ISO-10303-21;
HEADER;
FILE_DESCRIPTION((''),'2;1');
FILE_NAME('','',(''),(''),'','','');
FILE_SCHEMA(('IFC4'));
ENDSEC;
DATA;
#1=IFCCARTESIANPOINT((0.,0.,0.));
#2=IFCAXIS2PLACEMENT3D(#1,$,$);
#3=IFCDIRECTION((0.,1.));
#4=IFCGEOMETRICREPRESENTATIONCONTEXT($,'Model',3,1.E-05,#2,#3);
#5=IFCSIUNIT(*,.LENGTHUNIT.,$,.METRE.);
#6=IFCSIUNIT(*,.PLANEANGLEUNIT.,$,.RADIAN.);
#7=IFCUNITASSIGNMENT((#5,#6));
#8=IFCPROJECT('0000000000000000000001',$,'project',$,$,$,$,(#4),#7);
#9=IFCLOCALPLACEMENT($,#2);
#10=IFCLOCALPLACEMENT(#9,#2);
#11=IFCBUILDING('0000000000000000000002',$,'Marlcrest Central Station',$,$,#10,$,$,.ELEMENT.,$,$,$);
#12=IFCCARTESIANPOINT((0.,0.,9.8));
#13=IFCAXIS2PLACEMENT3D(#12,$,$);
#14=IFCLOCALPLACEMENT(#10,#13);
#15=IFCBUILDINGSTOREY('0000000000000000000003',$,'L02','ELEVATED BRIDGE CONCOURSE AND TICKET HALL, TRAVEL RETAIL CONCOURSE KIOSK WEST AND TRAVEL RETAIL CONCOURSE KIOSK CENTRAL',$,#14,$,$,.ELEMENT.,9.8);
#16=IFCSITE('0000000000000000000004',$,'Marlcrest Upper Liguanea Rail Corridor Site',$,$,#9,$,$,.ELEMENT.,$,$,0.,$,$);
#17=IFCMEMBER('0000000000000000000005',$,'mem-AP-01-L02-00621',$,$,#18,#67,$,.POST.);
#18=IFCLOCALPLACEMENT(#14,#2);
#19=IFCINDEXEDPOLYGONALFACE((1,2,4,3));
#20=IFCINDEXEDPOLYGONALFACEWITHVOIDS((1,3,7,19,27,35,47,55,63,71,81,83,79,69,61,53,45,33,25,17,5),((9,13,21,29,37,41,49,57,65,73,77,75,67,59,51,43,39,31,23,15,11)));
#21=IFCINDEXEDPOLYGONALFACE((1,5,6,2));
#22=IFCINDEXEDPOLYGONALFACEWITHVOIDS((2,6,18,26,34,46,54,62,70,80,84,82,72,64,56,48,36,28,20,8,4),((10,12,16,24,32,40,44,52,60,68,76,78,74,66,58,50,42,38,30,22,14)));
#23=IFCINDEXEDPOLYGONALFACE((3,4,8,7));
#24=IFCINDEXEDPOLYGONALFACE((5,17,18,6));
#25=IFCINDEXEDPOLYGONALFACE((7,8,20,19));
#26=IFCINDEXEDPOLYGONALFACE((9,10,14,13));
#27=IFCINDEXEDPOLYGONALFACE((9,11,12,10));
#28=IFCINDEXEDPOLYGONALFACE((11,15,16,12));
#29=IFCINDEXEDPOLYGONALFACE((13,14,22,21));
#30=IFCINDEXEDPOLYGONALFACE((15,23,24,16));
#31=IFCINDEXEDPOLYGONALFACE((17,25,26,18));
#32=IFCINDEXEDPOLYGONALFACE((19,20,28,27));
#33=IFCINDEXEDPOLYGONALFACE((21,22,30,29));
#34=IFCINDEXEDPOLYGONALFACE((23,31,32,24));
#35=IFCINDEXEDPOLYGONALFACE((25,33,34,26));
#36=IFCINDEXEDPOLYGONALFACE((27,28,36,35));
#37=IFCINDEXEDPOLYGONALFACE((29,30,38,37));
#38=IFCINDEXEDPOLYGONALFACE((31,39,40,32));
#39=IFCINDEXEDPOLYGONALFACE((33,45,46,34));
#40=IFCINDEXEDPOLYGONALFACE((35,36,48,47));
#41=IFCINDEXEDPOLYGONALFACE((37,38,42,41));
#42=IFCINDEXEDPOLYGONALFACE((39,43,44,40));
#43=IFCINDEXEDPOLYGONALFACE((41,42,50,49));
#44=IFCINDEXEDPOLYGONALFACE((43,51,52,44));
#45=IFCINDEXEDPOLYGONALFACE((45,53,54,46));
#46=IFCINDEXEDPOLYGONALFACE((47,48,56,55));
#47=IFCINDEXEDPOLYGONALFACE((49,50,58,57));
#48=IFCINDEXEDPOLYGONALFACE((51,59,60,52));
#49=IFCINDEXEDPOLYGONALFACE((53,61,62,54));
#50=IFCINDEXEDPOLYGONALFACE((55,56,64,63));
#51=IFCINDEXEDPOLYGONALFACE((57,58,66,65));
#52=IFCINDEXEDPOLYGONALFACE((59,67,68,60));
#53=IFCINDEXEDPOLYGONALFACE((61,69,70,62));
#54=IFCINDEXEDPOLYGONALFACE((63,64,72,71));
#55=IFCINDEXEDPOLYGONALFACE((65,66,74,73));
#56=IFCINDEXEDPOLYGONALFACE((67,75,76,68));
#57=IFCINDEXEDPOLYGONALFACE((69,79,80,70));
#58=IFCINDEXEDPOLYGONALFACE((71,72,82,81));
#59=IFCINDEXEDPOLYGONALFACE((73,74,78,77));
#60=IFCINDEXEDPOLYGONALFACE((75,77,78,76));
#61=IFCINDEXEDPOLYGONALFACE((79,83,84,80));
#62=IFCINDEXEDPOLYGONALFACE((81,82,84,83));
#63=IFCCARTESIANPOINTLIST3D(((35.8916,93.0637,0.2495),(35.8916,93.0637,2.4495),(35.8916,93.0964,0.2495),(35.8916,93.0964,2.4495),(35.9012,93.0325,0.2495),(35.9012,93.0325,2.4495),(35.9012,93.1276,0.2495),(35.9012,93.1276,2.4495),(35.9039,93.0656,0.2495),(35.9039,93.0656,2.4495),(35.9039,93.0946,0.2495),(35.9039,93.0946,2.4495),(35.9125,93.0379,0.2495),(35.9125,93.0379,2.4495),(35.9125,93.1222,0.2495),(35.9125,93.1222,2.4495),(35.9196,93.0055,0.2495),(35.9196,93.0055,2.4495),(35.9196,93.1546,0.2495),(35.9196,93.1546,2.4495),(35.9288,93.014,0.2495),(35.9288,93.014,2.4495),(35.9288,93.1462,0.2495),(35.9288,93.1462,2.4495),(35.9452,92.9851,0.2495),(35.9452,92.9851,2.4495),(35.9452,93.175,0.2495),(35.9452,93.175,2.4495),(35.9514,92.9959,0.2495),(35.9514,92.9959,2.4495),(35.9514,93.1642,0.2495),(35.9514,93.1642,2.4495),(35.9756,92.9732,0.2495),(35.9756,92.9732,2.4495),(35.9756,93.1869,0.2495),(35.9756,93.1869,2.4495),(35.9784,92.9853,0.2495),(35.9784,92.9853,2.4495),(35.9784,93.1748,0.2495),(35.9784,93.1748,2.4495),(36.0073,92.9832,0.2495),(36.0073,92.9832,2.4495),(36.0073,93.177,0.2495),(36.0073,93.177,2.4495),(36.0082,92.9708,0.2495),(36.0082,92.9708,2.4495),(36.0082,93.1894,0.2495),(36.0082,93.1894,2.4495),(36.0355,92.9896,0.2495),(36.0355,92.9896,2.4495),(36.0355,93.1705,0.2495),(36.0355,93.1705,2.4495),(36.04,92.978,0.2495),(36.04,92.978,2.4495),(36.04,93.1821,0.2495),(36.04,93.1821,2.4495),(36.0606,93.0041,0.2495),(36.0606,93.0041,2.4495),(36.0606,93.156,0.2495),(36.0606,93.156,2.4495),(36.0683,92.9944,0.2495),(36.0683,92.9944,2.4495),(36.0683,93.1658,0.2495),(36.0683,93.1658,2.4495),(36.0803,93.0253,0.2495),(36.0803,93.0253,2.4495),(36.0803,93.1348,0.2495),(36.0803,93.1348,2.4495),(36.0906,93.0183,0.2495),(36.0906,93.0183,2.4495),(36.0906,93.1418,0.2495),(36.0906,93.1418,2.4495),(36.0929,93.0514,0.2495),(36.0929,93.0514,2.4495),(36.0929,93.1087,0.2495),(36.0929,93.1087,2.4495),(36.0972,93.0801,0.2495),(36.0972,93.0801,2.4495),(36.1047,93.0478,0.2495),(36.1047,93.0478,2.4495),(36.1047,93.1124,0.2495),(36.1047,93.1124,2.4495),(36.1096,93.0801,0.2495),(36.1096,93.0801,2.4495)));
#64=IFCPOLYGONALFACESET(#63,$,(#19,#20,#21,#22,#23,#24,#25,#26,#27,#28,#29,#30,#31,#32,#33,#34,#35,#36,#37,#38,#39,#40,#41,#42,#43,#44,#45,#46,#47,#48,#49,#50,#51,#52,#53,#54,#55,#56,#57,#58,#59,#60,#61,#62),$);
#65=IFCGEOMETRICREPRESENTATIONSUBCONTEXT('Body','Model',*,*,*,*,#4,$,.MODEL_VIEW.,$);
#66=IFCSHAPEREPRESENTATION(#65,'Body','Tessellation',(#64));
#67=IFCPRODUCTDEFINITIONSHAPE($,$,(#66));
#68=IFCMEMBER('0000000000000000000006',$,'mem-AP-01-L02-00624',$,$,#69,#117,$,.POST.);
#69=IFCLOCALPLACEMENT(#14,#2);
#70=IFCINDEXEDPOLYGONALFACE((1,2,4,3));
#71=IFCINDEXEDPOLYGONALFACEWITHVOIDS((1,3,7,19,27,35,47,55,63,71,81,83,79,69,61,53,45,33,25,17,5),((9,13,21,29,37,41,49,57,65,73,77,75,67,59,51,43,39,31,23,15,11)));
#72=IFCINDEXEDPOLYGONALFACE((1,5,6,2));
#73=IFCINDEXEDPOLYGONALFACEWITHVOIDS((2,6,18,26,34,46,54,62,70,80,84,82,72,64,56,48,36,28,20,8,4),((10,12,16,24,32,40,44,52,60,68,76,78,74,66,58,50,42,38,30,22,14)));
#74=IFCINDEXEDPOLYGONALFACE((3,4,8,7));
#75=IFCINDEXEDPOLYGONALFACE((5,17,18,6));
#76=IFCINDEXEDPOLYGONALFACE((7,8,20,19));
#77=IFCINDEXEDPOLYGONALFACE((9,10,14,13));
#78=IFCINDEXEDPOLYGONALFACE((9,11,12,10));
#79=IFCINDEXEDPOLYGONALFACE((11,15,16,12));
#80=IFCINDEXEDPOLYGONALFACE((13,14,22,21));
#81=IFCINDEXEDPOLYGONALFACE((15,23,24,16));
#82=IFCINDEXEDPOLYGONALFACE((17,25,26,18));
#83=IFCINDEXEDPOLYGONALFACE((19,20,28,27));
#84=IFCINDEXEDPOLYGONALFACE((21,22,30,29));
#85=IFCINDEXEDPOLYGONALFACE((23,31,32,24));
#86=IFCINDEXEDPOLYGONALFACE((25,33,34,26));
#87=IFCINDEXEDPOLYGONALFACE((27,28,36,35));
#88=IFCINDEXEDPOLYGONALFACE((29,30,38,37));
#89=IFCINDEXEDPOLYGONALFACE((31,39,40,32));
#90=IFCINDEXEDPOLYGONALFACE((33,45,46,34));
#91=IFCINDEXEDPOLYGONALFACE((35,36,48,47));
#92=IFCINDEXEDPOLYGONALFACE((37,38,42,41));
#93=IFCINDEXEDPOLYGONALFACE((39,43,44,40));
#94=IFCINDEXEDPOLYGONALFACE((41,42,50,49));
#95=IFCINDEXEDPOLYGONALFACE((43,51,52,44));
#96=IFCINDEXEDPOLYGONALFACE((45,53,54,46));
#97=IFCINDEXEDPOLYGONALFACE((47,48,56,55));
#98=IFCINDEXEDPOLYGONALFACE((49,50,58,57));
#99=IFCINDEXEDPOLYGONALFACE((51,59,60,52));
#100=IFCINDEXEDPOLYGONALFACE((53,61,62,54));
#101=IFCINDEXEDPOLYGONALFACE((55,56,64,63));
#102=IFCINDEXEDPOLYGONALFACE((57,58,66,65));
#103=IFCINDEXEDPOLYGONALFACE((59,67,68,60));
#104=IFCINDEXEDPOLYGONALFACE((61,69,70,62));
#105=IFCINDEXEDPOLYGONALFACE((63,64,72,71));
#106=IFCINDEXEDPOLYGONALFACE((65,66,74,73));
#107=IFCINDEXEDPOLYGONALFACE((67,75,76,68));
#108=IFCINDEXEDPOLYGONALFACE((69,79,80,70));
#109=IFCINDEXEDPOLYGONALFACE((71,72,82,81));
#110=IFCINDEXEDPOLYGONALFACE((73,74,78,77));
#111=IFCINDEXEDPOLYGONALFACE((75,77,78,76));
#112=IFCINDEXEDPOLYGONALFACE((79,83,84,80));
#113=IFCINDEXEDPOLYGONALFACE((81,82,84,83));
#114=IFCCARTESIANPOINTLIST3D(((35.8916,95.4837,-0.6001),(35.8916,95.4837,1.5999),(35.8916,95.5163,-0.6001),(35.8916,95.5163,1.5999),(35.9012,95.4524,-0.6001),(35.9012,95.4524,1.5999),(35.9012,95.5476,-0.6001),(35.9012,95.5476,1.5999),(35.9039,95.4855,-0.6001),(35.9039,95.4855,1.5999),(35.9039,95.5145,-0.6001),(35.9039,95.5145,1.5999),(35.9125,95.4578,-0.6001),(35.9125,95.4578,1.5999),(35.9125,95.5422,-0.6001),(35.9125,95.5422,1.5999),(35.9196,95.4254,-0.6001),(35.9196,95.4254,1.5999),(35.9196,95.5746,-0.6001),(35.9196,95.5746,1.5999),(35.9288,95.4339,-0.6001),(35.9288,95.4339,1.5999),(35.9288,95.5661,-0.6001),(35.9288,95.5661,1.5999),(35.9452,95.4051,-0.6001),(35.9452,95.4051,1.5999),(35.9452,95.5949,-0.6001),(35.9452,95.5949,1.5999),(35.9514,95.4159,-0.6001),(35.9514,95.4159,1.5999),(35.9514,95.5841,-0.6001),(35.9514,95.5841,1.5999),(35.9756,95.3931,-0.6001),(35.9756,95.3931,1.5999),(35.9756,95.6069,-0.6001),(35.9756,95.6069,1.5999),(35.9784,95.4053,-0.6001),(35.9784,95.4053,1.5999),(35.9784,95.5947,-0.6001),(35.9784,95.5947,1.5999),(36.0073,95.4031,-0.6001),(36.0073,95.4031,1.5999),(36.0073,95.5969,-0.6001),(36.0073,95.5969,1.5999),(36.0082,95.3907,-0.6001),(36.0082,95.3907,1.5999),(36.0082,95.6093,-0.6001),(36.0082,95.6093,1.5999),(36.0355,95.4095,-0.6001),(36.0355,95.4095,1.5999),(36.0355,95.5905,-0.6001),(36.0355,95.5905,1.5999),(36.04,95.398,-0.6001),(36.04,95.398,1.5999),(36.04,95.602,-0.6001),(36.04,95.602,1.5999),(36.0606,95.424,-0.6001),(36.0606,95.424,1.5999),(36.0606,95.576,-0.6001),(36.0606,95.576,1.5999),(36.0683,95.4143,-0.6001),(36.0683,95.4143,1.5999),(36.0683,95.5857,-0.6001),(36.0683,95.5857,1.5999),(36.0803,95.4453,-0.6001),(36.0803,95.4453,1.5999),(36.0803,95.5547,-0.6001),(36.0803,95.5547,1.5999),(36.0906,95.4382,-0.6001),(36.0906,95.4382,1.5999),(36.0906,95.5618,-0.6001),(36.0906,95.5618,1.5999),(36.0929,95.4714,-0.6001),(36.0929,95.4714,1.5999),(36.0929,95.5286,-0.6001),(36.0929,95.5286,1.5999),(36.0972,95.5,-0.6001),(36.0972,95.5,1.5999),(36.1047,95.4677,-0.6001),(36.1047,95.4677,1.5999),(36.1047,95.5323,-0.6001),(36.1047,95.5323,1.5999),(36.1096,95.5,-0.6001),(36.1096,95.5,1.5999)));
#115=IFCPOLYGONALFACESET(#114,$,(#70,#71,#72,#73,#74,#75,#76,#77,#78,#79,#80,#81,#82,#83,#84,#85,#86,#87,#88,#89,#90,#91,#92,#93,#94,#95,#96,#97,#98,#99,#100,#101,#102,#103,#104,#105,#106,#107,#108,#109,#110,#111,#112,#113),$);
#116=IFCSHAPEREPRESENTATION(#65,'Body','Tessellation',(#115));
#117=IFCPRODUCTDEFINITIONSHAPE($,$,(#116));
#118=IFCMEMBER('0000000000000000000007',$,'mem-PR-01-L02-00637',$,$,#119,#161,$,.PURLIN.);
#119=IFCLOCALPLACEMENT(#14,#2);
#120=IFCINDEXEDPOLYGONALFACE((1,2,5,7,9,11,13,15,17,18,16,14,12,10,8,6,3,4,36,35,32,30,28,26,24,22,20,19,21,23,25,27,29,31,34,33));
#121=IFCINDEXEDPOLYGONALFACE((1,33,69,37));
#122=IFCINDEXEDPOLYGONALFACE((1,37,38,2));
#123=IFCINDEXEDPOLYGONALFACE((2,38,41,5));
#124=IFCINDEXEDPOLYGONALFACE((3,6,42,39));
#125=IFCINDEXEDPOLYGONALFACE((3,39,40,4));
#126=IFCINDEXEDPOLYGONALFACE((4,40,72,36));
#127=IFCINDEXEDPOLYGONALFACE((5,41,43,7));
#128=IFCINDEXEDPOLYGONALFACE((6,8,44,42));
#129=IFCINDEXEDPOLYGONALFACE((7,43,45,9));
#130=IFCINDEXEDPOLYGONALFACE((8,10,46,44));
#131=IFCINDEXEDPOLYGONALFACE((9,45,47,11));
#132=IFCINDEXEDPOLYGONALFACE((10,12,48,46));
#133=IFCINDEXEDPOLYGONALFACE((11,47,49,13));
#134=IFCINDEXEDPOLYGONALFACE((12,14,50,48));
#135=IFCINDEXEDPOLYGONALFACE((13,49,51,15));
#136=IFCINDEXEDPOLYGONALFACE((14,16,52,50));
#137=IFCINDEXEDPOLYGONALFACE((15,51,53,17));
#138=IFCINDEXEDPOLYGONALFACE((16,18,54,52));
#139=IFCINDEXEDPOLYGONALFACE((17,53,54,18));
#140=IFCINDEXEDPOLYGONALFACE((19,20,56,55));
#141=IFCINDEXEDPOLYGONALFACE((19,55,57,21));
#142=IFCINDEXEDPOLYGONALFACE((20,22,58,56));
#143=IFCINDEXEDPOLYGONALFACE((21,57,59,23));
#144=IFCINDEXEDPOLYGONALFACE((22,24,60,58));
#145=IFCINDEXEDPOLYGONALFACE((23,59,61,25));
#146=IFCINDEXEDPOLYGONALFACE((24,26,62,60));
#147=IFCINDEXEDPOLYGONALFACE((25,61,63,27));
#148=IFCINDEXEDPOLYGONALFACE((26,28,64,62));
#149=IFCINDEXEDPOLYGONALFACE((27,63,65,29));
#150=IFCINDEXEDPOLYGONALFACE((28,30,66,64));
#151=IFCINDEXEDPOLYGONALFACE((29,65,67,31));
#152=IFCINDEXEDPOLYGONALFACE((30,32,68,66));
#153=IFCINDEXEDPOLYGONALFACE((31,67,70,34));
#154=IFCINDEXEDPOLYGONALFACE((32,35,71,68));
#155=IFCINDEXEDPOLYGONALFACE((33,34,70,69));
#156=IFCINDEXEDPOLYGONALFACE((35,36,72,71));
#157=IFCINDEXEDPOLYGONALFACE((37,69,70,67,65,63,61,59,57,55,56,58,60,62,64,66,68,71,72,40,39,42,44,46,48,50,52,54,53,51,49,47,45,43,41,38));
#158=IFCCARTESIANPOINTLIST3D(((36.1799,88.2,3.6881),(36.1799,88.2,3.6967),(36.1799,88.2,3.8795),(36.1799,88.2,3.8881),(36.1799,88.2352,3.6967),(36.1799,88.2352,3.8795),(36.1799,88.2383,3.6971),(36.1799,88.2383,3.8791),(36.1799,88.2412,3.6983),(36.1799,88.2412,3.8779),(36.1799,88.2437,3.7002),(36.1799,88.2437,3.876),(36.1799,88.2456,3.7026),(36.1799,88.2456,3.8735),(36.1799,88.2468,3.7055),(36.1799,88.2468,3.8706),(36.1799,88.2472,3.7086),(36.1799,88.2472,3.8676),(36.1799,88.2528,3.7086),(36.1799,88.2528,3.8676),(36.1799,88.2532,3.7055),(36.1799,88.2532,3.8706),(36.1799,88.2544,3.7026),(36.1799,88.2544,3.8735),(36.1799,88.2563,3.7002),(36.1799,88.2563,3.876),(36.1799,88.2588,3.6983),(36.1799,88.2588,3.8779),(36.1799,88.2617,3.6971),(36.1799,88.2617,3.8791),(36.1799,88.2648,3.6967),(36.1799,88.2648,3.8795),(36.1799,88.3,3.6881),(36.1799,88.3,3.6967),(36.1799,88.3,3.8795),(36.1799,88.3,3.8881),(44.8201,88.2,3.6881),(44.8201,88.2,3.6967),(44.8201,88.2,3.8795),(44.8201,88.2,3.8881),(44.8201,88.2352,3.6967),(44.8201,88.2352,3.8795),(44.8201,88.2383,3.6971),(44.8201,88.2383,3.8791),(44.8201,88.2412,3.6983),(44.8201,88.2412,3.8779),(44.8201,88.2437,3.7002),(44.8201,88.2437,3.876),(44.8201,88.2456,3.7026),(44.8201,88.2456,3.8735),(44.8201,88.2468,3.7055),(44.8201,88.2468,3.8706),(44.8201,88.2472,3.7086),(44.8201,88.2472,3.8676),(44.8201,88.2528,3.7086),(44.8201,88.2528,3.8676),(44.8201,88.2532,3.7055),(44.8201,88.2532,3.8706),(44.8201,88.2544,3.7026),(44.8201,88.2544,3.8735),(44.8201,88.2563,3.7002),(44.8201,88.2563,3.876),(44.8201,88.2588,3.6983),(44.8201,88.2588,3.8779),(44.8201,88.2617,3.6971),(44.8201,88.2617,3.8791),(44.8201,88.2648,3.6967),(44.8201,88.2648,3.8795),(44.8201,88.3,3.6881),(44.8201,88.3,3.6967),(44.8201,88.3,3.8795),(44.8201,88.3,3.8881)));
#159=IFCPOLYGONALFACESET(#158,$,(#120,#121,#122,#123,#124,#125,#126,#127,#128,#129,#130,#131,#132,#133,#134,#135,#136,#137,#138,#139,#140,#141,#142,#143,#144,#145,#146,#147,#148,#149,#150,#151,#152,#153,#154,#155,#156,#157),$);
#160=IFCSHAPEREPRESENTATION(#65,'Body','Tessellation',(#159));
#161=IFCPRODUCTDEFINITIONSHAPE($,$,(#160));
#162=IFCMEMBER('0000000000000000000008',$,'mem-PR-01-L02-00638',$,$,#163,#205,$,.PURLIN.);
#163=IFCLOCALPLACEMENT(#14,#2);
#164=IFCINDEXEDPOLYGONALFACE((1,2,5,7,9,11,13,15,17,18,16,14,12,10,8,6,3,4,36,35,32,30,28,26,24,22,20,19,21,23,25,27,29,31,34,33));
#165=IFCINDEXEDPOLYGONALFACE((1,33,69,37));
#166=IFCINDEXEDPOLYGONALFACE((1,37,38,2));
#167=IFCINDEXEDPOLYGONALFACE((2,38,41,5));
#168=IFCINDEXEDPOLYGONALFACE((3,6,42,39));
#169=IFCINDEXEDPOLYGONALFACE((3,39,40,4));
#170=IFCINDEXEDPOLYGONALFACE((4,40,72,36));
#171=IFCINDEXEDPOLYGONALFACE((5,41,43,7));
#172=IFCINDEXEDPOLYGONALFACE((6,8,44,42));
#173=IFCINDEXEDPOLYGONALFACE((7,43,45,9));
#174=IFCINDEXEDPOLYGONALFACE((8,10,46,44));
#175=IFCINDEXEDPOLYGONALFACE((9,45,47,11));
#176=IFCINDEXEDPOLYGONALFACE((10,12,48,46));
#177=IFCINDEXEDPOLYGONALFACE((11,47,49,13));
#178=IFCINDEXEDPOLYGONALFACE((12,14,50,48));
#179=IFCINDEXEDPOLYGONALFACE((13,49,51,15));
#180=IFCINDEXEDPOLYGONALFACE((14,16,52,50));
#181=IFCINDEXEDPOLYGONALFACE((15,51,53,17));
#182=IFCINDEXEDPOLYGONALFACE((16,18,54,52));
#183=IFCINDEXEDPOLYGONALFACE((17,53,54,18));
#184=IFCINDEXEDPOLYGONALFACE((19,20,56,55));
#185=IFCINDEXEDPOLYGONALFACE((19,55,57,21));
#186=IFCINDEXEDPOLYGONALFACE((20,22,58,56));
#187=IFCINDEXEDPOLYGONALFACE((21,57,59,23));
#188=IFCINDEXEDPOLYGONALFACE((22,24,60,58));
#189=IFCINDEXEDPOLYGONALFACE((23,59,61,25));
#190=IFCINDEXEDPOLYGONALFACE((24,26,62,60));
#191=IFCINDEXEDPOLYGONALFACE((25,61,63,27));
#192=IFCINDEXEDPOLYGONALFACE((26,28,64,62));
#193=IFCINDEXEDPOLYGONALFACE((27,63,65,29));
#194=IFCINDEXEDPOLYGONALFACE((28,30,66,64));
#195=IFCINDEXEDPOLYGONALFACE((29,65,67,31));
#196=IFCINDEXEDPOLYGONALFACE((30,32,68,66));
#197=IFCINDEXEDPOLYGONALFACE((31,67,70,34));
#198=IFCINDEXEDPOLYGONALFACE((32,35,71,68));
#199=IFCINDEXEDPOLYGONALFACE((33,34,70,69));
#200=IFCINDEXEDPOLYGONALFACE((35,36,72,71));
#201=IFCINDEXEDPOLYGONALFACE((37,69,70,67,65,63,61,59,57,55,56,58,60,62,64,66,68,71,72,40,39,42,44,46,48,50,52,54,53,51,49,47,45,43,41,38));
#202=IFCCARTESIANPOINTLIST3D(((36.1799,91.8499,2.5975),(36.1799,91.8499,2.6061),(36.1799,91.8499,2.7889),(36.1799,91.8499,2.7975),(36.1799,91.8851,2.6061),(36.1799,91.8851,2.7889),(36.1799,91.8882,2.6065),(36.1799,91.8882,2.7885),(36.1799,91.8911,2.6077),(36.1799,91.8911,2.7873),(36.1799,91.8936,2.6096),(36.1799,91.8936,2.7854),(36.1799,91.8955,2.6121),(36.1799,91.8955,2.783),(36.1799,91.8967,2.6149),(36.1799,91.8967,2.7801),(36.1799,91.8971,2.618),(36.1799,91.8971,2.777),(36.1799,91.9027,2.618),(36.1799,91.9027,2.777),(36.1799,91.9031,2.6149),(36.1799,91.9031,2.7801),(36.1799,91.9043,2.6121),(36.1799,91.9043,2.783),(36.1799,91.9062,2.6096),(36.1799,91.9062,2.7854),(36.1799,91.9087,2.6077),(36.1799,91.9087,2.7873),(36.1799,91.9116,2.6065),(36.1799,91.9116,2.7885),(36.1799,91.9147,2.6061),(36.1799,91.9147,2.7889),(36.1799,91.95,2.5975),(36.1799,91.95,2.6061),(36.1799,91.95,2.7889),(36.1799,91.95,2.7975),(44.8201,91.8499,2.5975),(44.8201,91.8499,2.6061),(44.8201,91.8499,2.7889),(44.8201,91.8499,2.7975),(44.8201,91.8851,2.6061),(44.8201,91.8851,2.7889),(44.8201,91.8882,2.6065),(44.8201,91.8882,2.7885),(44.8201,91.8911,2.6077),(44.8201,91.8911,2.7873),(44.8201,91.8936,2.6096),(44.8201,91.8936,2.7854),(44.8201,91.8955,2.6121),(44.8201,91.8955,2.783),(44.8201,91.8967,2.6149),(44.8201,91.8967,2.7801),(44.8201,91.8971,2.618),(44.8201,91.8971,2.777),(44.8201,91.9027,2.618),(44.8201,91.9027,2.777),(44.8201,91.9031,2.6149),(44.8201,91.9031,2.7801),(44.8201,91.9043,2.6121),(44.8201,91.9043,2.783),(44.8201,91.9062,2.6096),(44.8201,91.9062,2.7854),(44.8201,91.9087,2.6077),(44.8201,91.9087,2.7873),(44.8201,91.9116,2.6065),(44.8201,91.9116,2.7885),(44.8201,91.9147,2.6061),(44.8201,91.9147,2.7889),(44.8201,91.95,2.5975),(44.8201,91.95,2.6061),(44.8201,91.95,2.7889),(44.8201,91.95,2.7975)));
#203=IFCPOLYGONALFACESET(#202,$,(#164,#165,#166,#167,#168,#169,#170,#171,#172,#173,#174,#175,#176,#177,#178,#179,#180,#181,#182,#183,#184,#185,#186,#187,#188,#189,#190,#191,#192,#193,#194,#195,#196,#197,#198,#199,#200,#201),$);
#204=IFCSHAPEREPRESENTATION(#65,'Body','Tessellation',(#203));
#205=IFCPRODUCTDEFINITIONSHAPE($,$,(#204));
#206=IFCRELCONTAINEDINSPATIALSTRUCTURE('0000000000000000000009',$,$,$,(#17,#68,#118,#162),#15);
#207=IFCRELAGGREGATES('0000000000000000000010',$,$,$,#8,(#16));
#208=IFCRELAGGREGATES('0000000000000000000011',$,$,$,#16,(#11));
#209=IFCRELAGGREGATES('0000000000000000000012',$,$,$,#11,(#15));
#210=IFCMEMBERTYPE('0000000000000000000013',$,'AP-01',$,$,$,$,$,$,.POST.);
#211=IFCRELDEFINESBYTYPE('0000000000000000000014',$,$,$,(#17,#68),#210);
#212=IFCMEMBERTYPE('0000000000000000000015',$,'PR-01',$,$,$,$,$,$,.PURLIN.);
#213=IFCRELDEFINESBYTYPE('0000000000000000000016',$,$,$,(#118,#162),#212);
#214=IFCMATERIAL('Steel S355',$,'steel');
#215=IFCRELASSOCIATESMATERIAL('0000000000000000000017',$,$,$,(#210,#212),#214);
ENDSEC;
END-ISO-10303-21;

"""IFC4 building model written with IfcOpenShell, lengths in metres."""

from ifc_helpers import new_model, si_unit, direction, frame, origin, origin_2d, place, context, subcontext, project, spatial, hollow_circle, i_section, extrude, material, material_profile, profile_set, type_object, element, save


model = new_model("IFC4")

# Units and contexts
model_context = context("Model", 3, precision=1e-05, world=origin(), true_north=direction((0.0, 1.0)))
body_context = subcontext(model_context, "Body", "Model", "MODEL_VIEW")
ifc_project = project(units=[si_unit("LENGTHUNIT", "METRE"), si_unit("PLANEANGLEUNIT", "RADIAN")], contexts=[model_context])

# Site, building, storey
site_placement = place(None, origin())
site = spatial("IfcSite", under=ifc_project, at=site_placement, Name="Marlcrest Upper Liguanea Rail Corridor Site", CompositionType="ELEMENT", RefElevation=0.0)
building_placement = place(site_placement, origin())
building = spatial("IfcBuilding", under=site, at=building_placement, Name="Marlcrest Central Station", CompositionType="ELEMENT")
storey_placement = place(building_placement, frame((0.0, 0.0, 9.8)))
storey = spatial("IfcBuildingStorey", under=building, at=storey_placement, Name="L02", Description="ELEVATED BRIDGE CONCOURSE AND TICKET HALL, TRAVEL RETAIL CONCOURSE KIOSK WEST AND TRAVEL RETAIL CONCOURSE KIOSK CENTRAL", CompositionType="ELEMENT", Elevation=9.8)

# Shared definitions
ifc_material_1 = material(Name="Steel S355", Category="steel")

# Members
ifc_material_profile_1 = material_profile(ifc_material_1, hollow_circle(Radius=0.1096, WallThickness=0.0125, at=origin_2d()), Name="CHS 219.1x12.5")
ifc_profile_set_1 = profile_set([ifc_material_profile_1], Name="Steel S355")
member_type_1 = type_object("IfcMemberType", Name="AP-01", PredefinedType="POST", material=ifc_profile_set_1)
for number, where, z_axis, x_axis, name in (
    (1, (36.0, 93.0801, 0.2495), (0.0, 0.0, 1.0), (1.0, 0.0, 0.0), "mem-AP-01-L02-00621"),
    (2, (36.0, 95.5, -0.6001), (0.0, 0.0, 1.0), (1.0, 0.0, 0.0), "mem-AP-01-L02-00624"),
):
    element("IfcMember", number, at=place(storey_placement, frame(where, z_axis=z_axis, x_axis=x_axis)), inside=storey, type_object=member_type_1, Name=name, PredefinedType="POST", context=body_context, shape_type="SweptSolid", body=[
        extrude(hollow_circle(Radius=0.1096, WallThickness=0.0125, at=origin_2d()), origin(), (0.0, 0.0, 1.0), 2.2),
    ])
ifc_material_profile_2 = material_profile(ifc_material_1, i_section(OverallWidth=0.1001, OverallDepth=0.2, WebThickness=0.0056, FlangeThickness=0.0085, FilletRadius=0.012, at=origin_2d()), Name="IPE 200")
ifc_profile_set_2 = profile_set([ifc_material_profile_2], Name="Steel S355")
member_type_2 = type_object("IfcMemberType", Name="PR-01", PredefinedType="PURLIN", material=ifc_profile_set_2)
for number, where, z_axis, x_axis, name in (
    (3, (36.1799, 88.25, 3.7881), (1.0, 0.0, 0.0), (0.0, 1.0, 0.0), "mem-PR-01-L02-00637"),
    (4, (36.1799, 91.8999, 2.6975), (1.0, 0.0, 0.0), (0.0, 1.0, 0.0), "mem-PR-01-L02-00638"),
):
    element("IfcMember", number, at=place(storey_placement, frame(where, z_axis=z_axis, x_axis=x_axis)), inside=storey, type_object=member_type_2, Name=name, PredefinedType="PURLIN", context=body_context, shape_type="SweptSolid", body=[
        extrude(i_section(OverallWidth=0.1001, OverallDepth=0.2, WebThickness=0.0056, FlangeThickness=0.0085, FilletRadius=0.012, at=origin_2d()), origin(), (0.0, 0.0, 1.0), 8.6401),
    ])

save(model, "model.ifc")
